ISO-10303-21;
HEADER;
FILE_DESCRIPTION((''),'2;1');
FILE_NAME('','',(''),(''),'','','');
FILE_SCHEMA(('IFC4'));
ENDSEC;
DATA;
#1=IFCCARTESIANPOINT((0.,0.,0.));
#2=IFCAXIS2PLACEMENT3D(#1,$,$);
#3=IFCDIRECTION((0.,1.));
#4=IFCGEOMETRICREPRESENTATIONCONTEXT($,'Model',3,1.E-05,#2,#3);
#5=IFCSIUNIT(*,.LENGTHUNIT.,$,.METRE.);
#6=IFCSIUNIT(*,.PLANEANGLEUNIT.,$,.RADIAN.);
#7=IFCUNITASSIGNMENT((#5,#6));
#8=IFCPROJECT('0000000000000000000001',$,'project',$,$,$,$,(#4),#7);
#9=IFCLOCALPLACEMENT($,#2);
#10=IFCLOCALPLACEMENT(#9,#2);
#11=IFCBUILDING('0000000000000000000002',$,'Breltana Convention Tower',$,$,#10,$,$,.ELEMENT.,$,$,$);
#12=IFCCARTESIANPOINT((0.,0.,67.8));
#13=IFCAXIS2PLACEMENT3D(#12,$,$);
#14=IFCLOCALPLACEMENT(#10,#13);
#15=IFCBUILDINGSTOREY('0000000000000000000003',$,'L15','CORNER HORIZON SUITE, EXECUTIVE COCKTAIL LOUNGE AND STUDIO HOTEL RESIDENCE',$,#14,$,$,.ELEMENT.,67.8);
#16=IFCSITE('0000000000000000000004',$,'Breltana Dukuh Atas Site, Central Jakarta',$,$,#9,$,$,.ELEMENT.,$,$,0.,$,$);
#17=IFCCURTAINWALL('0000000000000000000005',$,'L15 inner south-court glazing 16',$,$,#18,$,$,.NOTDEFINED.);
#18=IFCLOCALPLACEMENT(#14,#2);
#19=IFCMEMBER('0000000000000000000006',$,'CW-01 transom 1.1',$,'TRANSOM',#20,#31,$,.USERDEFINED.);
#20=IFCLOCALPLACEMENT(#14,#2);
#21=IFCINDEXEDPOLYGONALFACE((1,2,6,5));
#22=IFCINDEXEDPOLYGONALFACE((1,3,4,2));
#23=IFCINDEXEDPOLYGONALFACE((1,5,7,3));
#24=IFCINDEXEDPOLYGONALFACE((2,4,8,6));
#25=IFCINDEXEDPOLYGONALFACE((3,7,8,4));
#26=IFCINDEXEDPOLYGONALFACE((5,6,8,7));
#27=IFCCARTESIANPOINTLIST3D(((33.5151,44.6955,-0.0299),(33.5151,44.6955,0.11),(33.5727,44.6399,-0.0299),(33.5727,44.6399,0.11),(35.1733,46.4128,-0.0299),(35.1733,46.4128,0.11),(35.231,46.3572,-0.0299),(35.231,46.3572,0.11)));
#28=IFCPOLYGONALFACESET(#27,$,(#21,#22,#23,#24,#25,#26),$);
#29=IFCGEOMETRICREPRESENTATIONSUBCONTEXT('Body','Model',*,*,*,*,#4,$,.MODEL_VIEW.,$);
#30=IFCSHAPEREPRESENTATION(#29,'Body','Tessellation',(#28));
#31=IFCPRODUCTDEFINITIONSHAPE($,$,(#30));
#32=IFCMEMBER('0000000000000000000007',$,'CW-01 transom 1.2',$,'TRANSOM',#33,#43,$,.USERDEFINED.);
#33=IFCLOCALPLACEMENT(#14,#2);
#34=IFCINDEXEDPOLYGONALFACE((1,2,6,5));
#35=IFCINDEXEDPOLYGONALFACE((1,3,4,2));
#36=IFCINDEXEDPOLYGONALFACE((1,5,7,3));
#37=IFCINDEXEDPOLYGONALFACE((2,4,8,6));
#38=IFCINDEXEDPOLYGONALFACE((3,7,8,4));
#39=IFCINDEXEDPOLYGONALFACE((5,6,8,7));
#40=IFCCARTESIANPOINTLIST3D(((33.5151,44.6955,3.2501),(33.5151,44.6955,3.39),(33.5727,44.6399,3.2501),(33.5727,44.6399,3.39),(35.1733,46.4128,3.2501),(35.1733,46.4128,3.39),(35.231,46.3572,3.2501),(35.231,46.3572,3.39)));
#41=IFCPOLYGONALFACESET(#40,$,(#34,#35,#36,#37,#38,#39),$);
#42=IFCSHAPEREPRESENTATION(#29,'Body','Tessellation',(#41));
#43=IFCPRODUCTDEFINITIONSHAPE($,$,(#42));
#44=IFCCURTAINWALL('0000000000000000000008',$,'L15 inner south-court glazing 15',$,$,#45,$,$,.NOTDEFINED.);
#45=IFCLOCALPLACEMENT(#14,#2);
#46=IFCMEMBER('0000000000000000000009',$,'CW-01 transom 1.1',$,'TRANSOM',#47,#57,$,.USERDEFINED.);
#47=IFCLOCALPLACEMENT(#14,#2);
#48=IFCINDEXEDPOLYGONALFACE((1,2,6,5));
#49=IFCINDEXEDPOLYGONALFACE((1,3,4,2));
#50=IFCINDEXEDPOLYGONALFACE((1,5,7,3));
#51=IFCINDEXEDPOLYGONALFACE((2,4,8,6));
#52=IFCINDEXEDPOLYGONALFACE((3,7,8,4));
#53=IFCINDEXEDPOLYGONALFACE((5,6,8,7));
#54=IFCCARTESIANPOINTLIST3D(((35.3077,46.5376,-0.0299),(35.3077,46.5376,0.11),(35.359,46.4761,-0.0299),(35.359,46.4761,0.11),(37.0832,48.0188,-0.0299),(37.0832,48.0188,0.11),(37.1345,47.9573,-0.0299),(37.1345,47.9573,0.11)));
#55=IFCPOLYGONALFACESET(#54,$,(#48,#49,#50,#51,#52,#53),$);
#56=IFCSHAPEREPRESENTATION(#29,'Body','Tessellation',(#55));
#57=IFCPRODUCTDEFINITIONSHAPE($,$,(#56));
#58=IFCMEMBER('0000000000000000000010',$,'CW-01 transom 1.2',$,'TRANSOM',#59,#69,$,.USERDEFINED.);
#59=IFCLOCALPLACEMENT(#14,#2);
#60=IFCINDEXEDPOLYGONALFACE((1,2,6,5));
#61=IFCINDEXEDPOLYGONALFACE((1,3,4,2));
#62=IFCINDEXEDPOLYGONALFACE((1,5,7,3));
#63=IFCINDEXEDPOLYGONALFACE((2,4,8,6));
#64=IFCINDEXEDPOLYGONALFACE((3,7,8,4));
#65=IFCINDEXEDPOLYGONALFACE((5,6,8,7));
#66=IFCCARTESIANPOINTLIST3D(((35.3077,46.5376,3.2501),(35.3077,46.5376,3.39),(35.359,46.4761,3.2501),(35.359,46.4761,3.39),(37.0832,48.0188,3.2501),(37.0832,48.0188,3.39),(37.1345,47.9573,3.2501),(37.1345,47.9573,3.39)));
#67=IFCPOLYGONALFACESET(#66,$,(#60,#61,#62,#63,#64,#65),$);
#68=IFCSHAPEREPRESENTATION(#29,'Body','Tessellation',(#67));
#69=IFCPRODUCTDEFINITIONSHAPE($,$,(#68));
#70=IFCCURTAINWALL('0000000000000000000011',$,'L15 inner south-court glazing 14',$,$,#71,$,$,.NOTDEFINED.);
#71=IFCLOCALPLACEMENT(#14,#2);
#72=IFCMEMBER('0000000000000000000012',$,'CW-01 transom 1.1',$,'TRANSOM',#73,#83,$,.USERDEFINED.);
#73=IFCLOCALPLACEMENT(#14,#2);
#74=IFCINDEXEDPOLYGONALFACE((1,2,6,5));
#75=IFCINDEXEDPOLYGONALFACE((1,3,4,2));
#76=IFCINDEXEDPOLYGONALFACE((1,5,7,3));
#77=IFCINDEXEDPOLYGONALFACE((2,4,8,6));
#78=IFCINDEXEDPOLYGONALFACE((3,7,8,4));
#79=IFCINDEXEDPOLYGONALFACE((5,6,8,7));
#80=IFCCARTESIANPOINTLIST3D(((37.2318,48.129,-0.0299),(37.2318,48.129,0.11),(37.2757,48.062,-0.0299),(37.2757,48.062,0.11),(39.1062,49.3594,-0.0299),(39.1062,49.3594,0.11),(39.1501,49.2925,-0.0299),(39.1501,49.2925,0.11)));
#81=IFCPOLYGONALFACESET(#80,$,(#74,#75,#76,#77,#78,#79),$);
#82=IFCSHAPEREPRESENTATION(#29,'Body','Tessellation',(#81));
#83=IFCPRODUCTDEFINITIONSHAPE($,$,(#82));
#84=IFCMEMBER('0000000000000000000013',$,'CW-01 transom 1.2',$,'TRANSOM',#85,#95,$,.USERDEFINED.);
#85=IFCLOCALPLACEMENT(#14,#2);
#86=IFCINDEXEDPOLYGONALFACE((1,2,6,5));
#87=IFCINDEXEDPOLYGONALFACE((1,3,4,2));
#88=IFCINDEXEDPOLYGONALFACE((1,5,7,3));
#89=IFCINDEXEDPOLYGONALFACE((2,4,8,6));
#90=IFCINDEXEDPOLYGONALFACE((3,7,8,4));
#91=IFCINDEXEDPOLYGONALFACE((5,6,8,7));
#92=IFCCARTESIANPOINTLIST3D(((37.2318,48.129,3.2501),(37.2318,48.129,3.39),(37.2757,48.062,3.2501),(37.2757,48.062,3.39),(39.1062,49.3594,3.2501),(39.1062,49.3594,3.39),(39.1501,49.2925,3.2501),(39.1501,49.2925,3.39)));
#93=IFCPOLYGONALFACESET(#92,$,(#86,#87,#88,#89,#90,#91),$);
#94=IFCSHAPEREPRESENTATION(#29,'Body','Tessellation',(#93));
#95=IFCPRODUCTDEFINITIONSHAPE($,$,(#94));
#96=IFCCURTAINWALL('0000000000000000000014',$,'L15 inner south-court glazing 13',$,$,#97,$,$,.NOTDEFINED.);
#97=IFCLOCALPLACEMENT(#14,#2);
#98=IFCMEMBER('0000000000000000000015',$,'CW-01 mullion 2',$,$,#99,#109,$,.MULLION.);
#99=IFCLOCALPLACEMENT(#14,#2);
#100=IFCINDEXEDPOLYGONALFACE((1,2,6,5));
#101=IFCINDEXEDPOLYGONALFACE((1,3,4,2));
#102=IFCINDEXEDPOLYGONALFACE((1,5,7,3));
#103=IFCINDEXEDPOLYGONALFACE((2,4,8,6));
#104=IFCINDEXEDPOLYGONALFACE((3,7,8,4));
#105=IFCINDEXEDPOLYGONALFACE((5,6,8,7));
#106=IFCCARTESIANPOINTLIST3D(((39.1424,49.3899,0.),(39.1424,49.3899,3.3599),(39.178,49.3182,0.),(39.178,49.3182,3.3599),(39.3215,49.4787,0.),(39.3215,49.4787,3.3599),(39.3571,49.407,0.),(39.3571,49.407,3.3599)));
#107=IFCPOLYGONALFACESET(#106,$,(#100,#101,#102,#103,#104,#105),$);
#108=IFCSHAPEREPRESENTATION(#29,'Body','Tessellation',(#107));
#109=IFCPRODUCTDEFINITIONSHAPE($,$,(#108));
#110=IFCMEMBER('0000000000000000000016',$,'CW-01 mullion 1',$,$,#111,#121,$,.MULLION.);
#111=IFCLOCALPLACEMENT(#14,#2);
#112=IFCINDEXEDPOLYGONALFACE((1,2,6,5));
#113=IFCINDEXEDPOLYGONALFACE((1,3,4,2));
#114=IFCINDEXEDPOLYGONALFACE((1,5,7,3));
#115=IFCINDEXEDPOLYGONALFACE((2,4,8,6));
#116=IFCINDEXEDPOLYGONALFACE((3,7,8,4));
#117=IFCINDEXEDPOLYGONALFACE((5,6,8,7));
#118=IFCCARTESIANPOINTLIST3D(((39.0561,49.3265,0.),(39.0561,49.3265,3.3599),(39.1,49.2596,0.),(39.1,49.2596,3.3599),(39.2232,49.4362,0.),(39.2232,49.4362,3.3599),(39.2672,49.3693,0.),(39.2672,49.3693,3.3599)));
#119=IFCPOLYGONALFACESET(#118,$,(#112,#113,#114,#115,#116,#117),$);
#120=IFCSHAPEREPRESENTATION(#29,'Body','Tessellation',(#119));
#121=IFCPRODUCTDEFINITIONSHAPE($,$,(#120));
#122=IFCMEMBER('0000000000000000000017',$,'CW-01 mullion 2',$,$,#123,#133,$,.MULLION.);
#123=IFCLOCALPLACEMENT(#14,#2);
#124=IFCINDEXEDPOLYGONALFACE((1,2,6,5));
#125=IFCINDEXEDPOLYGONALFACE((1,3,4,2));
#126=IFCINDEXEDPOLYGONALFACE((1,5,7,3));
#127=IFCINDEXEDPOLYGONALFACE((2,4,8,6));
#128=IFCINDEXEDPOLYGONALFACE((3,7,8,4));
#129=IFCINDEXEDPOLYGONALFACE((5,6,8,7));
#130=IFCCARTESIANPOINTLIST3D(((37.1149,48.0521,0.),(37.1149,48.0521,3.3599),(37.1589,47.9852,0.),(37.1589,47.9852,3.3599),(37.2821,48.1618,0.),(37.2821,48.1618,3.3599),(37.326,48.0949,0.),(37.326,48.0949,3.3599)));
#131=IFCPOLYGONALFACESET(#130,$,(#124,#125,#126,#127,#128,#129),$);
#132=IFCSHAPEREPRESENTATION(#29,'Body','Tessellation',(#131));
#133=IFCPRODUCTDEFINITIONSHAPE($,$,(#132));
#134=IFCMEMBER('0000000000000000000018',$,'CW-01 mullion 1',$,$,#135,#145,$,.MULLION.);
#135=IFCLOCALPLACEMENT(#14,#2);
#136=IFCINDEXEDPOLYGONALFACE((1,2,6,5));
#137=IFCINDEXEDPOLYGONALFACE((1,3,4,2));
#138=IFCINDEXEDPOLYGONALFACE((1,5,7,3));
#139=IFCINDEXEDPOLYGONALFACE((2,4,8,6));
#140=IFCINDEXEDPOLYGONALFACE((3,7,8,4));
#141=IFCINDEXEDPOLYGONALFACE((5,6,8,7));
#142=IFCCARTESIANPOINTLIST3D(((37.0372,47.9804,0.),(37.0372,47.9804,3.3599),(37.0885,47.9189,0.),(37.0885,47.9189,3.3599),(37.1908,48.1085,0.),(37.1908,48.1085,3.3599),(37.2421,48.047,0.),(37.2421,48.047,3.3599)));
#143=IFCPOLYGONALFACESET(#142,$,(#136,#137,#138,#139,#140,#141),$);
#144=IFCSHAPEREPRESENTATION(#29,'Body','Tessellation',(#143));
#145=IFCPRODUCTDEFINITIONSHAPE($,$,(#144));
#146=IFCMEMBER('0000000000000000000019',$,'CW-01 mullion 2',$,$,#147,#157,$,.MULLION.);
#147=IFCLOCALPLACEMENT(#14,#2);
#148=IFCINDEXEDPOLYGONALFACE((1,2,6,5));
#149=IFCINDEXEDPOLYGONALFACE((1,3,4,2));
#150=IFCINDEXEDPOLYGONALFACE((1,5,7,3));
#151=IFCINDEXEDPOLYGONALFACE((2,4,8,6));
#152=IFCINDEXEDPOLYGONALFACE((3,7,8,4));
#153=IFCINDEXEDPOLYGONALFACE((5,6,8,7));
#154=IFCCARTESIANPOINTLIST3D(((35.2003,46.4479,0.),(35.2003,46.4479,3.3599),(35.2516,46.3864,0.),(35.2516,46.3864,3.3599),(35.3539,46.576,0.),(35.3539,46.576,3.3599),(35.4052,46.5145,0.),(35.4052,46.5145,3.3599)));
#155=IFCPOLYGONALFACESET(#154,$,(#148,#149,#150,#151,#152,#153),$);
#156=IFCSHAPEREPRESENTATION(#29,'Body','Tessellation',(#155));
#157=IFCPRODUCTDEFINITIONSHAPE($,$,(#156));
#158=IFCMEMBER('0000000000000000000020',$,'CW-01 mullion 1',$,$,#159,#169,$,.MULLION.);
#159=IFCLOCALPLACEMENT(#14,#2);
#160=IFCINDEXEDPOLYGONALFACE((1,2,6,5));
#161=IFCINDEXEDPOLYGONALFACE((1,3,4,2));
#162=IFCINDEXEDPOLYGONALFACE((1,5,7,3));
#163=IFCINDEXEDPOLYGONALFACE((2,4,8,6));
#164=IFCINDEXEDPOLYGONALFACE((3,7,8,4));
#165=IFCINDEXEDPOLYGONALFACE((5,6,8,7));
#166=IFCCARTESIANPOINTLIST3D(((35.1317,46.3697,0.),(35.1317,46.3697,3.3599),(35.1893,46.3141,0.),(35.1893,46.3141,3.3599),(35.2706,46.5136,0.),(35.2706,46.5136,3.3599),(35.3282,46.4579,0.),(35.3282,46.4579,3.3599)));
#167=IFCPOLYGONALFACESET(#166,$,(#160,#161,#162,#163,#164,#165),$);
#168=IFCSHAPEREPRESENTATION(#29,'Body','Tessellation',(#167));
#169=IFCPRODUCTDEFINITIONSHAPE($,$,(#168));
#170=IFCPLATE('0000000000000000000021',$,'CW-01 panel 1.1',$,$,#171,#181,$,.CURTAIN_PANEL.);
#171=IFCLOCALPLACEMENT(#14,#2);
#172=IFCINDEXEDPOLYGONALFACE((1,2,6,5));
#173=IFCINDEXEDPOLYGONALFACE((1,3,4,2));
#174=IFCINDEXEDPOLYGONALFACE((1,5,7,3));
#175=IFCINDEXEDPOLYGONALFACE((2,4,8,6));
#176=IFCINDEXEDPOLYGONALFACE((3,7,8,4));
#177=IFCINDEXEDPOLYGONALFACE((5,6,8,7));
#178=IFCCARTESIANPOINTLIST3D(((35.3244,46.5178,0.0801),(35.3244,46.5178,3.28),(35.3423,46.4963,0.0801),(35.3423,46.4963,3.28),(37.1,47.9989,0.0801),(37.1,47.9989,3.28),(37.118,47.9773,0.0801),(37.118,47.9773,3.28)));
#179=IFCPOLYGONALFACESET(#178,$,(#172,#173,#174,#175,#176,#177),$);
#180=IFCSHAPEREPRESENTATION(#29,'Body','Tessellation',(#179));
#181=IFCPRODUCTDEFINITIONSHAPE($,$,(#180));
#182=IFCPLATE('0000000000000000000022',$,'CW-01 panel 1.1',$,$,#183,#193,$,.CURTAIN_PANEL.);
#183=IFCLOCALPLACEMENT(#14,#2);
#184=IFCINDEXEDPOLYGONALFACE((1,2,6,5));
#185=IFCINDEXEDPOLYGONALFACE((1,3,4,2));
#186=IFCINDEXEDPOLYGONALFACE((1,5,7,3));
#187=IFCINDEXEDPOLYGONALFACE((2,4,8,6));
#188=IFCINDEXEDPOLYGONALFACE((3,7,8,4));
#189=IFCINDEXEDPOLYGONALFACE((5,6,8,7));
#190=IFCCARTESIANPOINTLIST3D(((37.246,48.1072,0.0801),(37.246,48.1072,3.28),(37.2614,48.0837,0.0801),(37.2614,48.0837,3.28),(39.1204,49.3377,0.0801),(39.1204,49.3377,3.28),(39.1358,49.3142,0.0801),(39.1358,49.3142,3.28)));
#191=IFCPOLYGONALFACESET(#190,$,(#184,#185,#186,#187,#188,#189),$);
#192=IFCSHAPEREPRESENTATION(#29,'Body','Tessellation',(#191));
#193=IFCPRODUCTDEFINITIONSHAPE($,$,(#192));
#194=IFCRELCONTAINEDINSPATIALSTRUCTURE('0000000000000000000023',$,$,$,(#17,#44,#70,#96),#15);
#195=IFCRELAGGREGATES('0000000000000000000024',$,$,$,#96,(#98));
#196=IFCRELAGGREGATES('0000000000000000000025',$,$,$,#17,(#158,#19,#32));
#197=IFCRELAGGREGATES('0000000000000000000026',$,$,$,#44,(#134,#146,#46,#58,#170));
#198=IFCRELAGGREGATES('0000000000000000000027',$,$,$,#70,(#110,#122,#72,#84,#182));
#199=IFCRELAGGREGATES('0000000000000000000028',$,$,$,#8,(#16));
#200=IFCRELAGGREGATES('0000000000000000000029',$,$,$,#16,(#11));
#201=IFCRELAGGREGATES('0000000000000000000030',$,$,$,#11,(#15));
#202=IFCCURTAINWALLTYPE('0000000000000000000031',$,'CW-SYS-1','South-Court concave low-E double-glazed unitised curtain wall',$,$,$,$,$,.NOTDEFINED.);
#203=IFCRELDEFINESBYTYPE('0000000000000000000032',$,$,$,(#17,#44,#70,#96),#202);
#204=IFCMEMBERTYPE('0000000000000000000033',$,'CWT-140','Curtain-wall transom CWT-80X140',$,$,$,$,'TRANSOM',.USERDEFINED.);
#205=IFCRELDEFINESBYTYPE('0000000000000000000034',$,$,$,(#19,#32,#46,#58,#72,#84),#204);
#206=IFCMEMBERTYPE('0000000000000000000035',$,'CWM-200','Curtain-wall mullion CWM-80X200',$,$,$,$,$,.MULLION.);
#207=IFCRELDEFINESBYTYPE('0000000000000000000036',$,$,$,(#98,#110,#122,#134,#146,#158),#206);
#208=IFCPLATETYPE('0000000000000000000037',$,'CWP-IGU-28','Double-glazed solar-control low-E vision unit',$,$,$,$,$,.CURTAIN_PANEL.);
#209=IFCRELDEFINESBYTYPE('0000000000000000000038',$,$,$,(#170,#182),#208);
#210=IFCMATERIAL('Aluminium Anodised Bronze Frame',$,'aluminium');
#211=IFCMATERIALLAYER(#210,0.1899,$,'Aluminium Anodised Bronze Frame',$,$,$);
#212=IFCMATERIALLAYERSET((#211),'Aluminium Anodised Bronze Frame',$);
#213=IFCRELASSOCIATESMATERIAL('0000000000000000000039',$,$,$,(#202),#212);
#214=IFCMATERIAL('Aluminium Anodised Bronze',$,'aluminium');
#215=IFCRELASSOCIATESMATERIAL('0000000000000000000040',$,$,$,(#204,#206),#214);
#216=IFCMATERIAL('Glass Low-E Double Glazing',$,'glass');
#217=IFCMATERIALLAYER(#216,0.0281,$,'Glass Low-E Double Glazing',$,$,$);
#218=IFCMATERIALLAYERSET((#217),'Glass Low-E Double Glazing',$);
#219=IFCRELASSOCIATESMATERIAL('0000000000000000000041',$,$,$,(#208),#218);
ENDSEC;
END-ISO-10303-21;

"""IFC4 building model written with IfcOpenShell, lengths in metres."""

from ifc_helpers import new_model, si_unit, direction, frame, origin, origin_2d, place, context, subcontext, project, spatial, rectangle, extrude, source, transform, mapped, material, layer, layer_set, material_profile, profile_set, type_object, type_shapes, element, aggregate, save


model = new_model("IFC4")

# Units and contexts
model_context = context("Model", 3, precision=1e-05, world=origin(), true_north=direction((0.0, 1.0)))
body_context = subcontext(model_context, "Body", "Model", "MODEL_VIEW")
ifc_project = project(units=[si_unit("LENGTHUNIT", "METRE"), si_unit("PLANEANGLEUNIT", "RADIAN")], contexts=[model_context])

# Site, building, storey
site_placement = place(None, origin())
site = spatial("IfcSite", under=ifc_project, at=site_placement, Name="Breltana Dukuh Atas Site, Central Jakarta", CompositionType="ELEMENT", RefElevation=0.0)
building_placement = place(site_placement, origin())
building = spatial("IfcBuilding", under=site, at=building_placement, Name="Breltana Convention Tower", CompositionType="ELEMENT")
storey_placement = place(building_placement, frame((0.0, 0.0, 67.8)))
storey = spatial("IfcBuildingStorey", under=building, at=storey_placement, Name="L15", Description="CORNER HORIZON SUITE, EXECUTIVE COCKTAIL LOUNGE AND STUDIO HOTEL RESIDENCE", CompositionType="ELEMENT", Elevation=67.8)

# Curtain walls, members
ifc_material_1 = material(Name="Aluminium Anodised Bronze Frame", Category="aluminium")
ifc_layer_1 = layer(ifc_material_1, 0.1899, Name="Aluminium Anodised Bronze Frame")
ifc_layer_set_1 = layer_set([ifc_layer_1], Name="Aluminium Anodised Bronze Frame")
curtain_wall_type = type_object("IfcCurtainWallType", Name="CW-SYS-1", Description="South-Court concave low-E double-glazed unitised curtain wall", PredefinedType="NOTDEFINED", material=ifc_layer_set_1)
curtain_wall_1_placement = place(storey_placement, origin())
curtain_wall_1 = element("IfcCurtainWall", 1, at=curtain_wall_1_placement, inside=storey, type_object=curtain_wall_type, Name="L15 inner south-court glazing 16", PredefinedType="NOTDEFINED")
ifc_material_2 = material(Name="Aluminium Anodised Bronze", Category="aluminium")
ifc_material_profile_1 = material_profile(ifc_material_2, rectangle(XDim=0.0801, YDim=0.1399, at=origin_2d()), Name="CWT-80X140")
ifc_profile_set_1 = profile_set([ifc_material_profile_1], Name="Aluminium Anodised Bronze")
member_type_1 = type_object("IfcMemberType", Name="CWT-140", Description="Curtain-wall transom CWT-80X140", ElementType="TRANSOM", PredefinedType="USERDEFINED", material=ifc_profile_set_1)
shared_shape_1 = source(origin(), body_context, "Body", "SweptSolid", [
    extrude(rectangle(XDim=0.0801, YDim=0.1399, at=origin_2d()), origin(), (0.0, 0.0, 1.0), 2.3872),
])
type_shapes(member_type_1, [shared_shape_1])
member_1_placement = place(storey_placement, frame((35.2021, 46.385, 0.04), z_axis=(-0.694624, -0.719373, 0.0), x_axis=(0.719373, -0.694624, 0.0)))
member_1 = element("IfcMember", 2, at=member_1_placement, type_object=member_type_1, Name="CW-01 transom 1.1", ObjectType="TRANSOM", PredefinedType="USERDEFINED", context=body_context, shape_type="MappedRepresentation", body=[
    mapped(shared_shape_1, transform((0.0, 0.0, 0.0), scale=1.0)),
])
member_2_placement = place(storey_placement, frame((35.2021, 46.385, 3.3201), z_axis=(-0.694624, -0.719373, 0.0), x_axis=(0.719373, -0.694624, 0.0)))
member_2 = element("IfcMember", 3, at=member_2_placement, type_object=member_type_1, Name="CW-01 transom 1.2", ObjectType="TRANSOM", PredefinedType="USERDEFINED", context=body_context, shape_type="MappedRepresentation", body=[
    mapped(shared_shape_1, transform((0.0, 0.0, 0.0), scale=1.0)),
])
curtain_wall_2_placement = place(storey_placement, origin())
curtain_wall_2 = element("IfcCurtainWall", 4, at=curtain_wall_2_placement, inside=storey, type_object=curtain_wall_type, Name="L15 inner south-court glazing 15", PredefinedType="NOTDEFINED")
shared_shape_2 = source(origin(), body_context, "Body", "SweptSolid", [
    extrude(rectangle(XDim=0.0801, YDim=0.1399, at=origin_2d()), origin(), (0.0, 0.0, 1.0), 2.3123),
])
member_3_placement = place(storey_placement, frame((37.1089, 47.988, 0.04), z_axis=(-0.767901, -0.640569, 0.0), x_axis=(0.640569, -0.767901, 0.0)))
member_3 = element("IfcMember", 5, at=member_3_placement, type_object=member_type_1, Name="CW-01 transom 1.1", ObjectType="TRANSOM", PredefinedType="USERDEFINED", context=body_context, shape_type="MappedRepresentation", body=[
    mapped(shared_shape_2, transform((0.0, 0.0, 0.0), scale=1.0)),
])
member_4_placement = place(storey_placement, frame((37.1089, 47.988, 3.3201), z_axis=(-0.767901, -0.640569, 0.0), x_axis=(0.640569, -0.767901, 0.0)))
member_4 = element("IfcMember", 6, at=member_4_placement, type_object=member_type_1, Name="CW-01 transom 1.2", ObjectType="TRANSOM", PredefinedType="USERDEFINED", context=body_context, shape_type="MappedRepresentation", body=[
    mapped(shared_shape_2, transform((0.0, 0.0, 0.0), scale=1.0)),
])
curtain_wall_3_placement = place(storey_placement, origin())
curtain_wall_3 = element("IfcCurtainWall", 7, at=curtain_wall_3_placement, inside=storey, type_object=curtain_wall_type, Name="L15 inner south-court glazing 14", PredefinedType="NOTDEFINED")
shared_shape_3 = source(origin(), body_context, "Body", "SweptSolid", [
    extrude(rectangle(XDim=0.0801, YDim=0.1399, at=origin_2d()), origin(), (0.0, 0.0, 1.0), 2.2422),
])
member_5_placement = place(storey_placement, frame((39.1282, 49.3259, 0.04), z_axis=(-0.835982, -0.548756, 0.0), x_axis=(0.548756, -0.835982, 0.0)))
member_5 = element("IfcMember", 8, at=member_5_placement, type_object=member_type_1, Name="CW-01 transom 1.1", ObjectType="TRANSOM", PredefinedType="USERDEFINED", context=body_context, shape_type="MappedRepresentation", body=[
    mapped(shared_shape_3, transform((0.0, 0.0, 0.0), scale=1.0)),
])
member_6_placement = place(storey_placement, frame((39.1282, 49.3259, 3.3201), z_axis=(-0.835982, -0.548756, 0.0), x_axis=(0.548756, -0.835982, 0.0)))
member_6 = element("IfcMember", 9, at=member_6_placement, type_object=member_type_1, Name="CW-01 transom 1.2", ObjectType="TRANSOM", PredefinedType="USERDEFINED", context=body_context, shape_type="MappedRepresentation", body=[
    mapped(shared_shape_3, transform((0.0, 0.0, 0.0), scale=1.0)),
])

# Curtain wall, member
curtain_wall_4_placement = place(storey_placement, origin())
curtain_wall_4 = element("IfcCurtainWall", 10, at=curtain_wall_4_placement, inside=storey, type_object=curtain_wall_type, Name="L15 inner south-court glazing 13", PredefinedType="NOTDEFINED")
ifc_material_profile_2 = material_profile(ifc_material_2, rectangle(XDim=0.0801, YDim=0.2, at=origin_2d()), Name="CWM-80X200")
ifc_profile_set_2 = profile_set([ifc_material_profile_2], Name="Aluminium Anodised Bronze")
member_type_2 = type_object("IfcMemberType", Name="CWM-200", Description="Curtain-wall mullion CWM-80X200", PredefinedType="MULLION", material=ifc_profile_set_2)
shared_shape_4 = source(origin(), body_context, "Body", "SweptSolid", [
    extrude(rectangle(XDim=0.0801, YDim=0.2, at=origin_2d()), origin(), (0.0, 0.0, 1.0), 3.3599),
])
member_7_placement = place(storey_placement, frame((39.2498, 49.3984, 0.0), z_axis=(0.0, 0.0, 1.0), x_axis=(0.444118, -0.895968, 0.0)))
member_7 = element("IfcMember", 11, at=member_7_placement, type_object=member_type_2, Name="CW-01 mullion 2", PredefinedType="MULLION", context=body_context, shape_type="MappedRepresentation", body=[
    mapped(shared_shape_4, transform((0.0, 0.0, 0.0), scale=1.0)),
])
aggregate(curtain_wall_4, [member_7])

# Members
member_8_placement = place(storey_placement, frame((39.1616, 49.3479, 0.0), z_axis=(0.0, 0.0, 1.0), x_axis=(0.548778, -0.835968, 0.0)))
member_8 = element("IfcMember", 12, at=member_8_placement, type_object=member_type_2, Name="CW-01 mullion 1", PredefinedType="MULLION", context=body_context, shape_type="MappedRepresentation", body=[
    mapped(shared_shape_4, transform((0.0, 0.0, 0.0), scale=1.0)),
])
member_9_placement = place(storey_placement, frame((37.2205, 48.0735, 0.0), z_axis=(0.0, 0.0, 1.0), x_axis=(0.548778, -0.835968, 0.0)))
member_9 = element("IfcMember", 13, at=member_9_placement, type_object=member_type_2, Name="CW-01 mullion 2", PredefinedType="MULLION", context=body_context, shape_type="MappedRepresentation", body=[
    mapped(shared_shape_4, transform((0.0, 0.0, 0.0), scale=1.0)),
])
member_10_placement = place(storey_placement, frame((37.1396, 48.0137, 0.0), z_axis=(0.0, 0.0, 1.0), x_axis=(0.640523, -0.767939, 0.0)))
member_10 = element("IfcMember", 14, at=member_10_placement, type_object=member_type_2, Name="CW-01 mullion 1", PredefinedType="MULLION", context=body_context, shape_type="MappedRepresentation", body=[
    mapped(shared_shape_4, transform((0.0, 0.0, 0.0), scale=1.0)),
])
member_11_placement = place(storey_placement, frame((35.3027, 46.4812, 0.0), z_axis=(0.0, 0.0, 1.0), x_axis=(0.640523, -0.767939, 0.0)))
member_11 = element("IfcMember", 15, at=member_11_placement, type_object=member_type_2, Name="CW-01 mullion 2", PredefinedType="MULLION", context=body_context, shape_type="MappedRepresentation", body=[
    mapped(shared_shape_4, transform((0.0, 0.0, 0.0), scale=1.0)),
])
member_12_placement = place(storey_placement, frame((35.23, 46.4138, 0.0), z_axis=(0.0, 0.0, 1.0), x_axis=(0.719385, -0.694612, 0.0)))
member_12 = element("IfcMember", 16, at=member_12_placement, type_object=member_type_2, Name="CW-01 mullion 1", PredefinedType="MULLION", context=body_context, shape_type="MappedRepresentation", body=[
    mapped(shared_shape_4, transform((0.0, 0.0, 0.0), scale=1.0)),
])
aggregate(curtain_wall_1, [member_12, member_1, member_2])

# Plates
ifc_material_3 = material(Name="Glass Low-E Double Glazing", Category="glass")
ifc_layer_2 = layer(ifc_material_3, 0.0281, Name="Glass Low-E Double Glazing")
ifc_layer_set_2 = layer_set([ifc_layer_2], Name="Glass Low-E Double Glazing")
plate_type = type_object("IfcPlateType", Name="CWP-IGU-28", Description="Double-glazed solar-control low-E vision unit", PredefinedType="CURTAIN_PANEL", material=ifc_layer_set_2)
shared_shape_5 = source(origin(), body_context, "Body", "SweptSolid", [
    extrude(rectangle(XDim=2.3123, YDim=0.0281, at=origin_2d()), origin(), (0.0, 0.0, 1.0), 3.2),
])
plate_1_placement = place(storey_placement, frame((36.2212, 47.2476, 0.0801), z_axis=(0.0, 0.0, 1.0), x_axis=(-0.767939, -0.640523, 0.0)))
plate_1 = element("IfcPlate", 17, at=plate_1_placement, type_object=plate_type, Name="CW-01 panel 1.1", PredefinedType="CURTAIN_PANEL", context=body_context, shape_type="MappedRepresentation", body=[
    mapped(shared_shape_5, transform((0.0, 0.0, 0.0), scale=1.0)),
])
aggregate(curtain_wall_2, [member_10, member_11, member_3, member_4, plate_1])
shared_shape_6 = source(origin(), body_context, "Body", "SweptSolid", [
    extrude(rectangle(XDim=2.2422, YDim=0.0281, at=origin_2d()), origin(), (0.0, 0.0, 1.0), 3.2),
])
plate_2_placement = place(storey_placement, frame((38.1909, 48.7107, 0.0801), z_axis=(0.0, 0.0, 1.0), x_axis=(-0.835968, -0.548778, 0.0)))
plate_2 = element("IfcPlate", 18, at=plate_2_placement, type_object=plate_type, Name="CW-01 panel 1.1", PredefinedType="CURTAIN_PANEL", context=body_context, shape_type="MappedRepresentation", body=[
    mapped(shared_shape_6, transform((0.0, 0.0, 0.0), scale=1.0)),
])
aggregate(curtain_wall_3, [member_8, member_9, member_5, member_6, plate_2])

save(model, "model.ifc")
